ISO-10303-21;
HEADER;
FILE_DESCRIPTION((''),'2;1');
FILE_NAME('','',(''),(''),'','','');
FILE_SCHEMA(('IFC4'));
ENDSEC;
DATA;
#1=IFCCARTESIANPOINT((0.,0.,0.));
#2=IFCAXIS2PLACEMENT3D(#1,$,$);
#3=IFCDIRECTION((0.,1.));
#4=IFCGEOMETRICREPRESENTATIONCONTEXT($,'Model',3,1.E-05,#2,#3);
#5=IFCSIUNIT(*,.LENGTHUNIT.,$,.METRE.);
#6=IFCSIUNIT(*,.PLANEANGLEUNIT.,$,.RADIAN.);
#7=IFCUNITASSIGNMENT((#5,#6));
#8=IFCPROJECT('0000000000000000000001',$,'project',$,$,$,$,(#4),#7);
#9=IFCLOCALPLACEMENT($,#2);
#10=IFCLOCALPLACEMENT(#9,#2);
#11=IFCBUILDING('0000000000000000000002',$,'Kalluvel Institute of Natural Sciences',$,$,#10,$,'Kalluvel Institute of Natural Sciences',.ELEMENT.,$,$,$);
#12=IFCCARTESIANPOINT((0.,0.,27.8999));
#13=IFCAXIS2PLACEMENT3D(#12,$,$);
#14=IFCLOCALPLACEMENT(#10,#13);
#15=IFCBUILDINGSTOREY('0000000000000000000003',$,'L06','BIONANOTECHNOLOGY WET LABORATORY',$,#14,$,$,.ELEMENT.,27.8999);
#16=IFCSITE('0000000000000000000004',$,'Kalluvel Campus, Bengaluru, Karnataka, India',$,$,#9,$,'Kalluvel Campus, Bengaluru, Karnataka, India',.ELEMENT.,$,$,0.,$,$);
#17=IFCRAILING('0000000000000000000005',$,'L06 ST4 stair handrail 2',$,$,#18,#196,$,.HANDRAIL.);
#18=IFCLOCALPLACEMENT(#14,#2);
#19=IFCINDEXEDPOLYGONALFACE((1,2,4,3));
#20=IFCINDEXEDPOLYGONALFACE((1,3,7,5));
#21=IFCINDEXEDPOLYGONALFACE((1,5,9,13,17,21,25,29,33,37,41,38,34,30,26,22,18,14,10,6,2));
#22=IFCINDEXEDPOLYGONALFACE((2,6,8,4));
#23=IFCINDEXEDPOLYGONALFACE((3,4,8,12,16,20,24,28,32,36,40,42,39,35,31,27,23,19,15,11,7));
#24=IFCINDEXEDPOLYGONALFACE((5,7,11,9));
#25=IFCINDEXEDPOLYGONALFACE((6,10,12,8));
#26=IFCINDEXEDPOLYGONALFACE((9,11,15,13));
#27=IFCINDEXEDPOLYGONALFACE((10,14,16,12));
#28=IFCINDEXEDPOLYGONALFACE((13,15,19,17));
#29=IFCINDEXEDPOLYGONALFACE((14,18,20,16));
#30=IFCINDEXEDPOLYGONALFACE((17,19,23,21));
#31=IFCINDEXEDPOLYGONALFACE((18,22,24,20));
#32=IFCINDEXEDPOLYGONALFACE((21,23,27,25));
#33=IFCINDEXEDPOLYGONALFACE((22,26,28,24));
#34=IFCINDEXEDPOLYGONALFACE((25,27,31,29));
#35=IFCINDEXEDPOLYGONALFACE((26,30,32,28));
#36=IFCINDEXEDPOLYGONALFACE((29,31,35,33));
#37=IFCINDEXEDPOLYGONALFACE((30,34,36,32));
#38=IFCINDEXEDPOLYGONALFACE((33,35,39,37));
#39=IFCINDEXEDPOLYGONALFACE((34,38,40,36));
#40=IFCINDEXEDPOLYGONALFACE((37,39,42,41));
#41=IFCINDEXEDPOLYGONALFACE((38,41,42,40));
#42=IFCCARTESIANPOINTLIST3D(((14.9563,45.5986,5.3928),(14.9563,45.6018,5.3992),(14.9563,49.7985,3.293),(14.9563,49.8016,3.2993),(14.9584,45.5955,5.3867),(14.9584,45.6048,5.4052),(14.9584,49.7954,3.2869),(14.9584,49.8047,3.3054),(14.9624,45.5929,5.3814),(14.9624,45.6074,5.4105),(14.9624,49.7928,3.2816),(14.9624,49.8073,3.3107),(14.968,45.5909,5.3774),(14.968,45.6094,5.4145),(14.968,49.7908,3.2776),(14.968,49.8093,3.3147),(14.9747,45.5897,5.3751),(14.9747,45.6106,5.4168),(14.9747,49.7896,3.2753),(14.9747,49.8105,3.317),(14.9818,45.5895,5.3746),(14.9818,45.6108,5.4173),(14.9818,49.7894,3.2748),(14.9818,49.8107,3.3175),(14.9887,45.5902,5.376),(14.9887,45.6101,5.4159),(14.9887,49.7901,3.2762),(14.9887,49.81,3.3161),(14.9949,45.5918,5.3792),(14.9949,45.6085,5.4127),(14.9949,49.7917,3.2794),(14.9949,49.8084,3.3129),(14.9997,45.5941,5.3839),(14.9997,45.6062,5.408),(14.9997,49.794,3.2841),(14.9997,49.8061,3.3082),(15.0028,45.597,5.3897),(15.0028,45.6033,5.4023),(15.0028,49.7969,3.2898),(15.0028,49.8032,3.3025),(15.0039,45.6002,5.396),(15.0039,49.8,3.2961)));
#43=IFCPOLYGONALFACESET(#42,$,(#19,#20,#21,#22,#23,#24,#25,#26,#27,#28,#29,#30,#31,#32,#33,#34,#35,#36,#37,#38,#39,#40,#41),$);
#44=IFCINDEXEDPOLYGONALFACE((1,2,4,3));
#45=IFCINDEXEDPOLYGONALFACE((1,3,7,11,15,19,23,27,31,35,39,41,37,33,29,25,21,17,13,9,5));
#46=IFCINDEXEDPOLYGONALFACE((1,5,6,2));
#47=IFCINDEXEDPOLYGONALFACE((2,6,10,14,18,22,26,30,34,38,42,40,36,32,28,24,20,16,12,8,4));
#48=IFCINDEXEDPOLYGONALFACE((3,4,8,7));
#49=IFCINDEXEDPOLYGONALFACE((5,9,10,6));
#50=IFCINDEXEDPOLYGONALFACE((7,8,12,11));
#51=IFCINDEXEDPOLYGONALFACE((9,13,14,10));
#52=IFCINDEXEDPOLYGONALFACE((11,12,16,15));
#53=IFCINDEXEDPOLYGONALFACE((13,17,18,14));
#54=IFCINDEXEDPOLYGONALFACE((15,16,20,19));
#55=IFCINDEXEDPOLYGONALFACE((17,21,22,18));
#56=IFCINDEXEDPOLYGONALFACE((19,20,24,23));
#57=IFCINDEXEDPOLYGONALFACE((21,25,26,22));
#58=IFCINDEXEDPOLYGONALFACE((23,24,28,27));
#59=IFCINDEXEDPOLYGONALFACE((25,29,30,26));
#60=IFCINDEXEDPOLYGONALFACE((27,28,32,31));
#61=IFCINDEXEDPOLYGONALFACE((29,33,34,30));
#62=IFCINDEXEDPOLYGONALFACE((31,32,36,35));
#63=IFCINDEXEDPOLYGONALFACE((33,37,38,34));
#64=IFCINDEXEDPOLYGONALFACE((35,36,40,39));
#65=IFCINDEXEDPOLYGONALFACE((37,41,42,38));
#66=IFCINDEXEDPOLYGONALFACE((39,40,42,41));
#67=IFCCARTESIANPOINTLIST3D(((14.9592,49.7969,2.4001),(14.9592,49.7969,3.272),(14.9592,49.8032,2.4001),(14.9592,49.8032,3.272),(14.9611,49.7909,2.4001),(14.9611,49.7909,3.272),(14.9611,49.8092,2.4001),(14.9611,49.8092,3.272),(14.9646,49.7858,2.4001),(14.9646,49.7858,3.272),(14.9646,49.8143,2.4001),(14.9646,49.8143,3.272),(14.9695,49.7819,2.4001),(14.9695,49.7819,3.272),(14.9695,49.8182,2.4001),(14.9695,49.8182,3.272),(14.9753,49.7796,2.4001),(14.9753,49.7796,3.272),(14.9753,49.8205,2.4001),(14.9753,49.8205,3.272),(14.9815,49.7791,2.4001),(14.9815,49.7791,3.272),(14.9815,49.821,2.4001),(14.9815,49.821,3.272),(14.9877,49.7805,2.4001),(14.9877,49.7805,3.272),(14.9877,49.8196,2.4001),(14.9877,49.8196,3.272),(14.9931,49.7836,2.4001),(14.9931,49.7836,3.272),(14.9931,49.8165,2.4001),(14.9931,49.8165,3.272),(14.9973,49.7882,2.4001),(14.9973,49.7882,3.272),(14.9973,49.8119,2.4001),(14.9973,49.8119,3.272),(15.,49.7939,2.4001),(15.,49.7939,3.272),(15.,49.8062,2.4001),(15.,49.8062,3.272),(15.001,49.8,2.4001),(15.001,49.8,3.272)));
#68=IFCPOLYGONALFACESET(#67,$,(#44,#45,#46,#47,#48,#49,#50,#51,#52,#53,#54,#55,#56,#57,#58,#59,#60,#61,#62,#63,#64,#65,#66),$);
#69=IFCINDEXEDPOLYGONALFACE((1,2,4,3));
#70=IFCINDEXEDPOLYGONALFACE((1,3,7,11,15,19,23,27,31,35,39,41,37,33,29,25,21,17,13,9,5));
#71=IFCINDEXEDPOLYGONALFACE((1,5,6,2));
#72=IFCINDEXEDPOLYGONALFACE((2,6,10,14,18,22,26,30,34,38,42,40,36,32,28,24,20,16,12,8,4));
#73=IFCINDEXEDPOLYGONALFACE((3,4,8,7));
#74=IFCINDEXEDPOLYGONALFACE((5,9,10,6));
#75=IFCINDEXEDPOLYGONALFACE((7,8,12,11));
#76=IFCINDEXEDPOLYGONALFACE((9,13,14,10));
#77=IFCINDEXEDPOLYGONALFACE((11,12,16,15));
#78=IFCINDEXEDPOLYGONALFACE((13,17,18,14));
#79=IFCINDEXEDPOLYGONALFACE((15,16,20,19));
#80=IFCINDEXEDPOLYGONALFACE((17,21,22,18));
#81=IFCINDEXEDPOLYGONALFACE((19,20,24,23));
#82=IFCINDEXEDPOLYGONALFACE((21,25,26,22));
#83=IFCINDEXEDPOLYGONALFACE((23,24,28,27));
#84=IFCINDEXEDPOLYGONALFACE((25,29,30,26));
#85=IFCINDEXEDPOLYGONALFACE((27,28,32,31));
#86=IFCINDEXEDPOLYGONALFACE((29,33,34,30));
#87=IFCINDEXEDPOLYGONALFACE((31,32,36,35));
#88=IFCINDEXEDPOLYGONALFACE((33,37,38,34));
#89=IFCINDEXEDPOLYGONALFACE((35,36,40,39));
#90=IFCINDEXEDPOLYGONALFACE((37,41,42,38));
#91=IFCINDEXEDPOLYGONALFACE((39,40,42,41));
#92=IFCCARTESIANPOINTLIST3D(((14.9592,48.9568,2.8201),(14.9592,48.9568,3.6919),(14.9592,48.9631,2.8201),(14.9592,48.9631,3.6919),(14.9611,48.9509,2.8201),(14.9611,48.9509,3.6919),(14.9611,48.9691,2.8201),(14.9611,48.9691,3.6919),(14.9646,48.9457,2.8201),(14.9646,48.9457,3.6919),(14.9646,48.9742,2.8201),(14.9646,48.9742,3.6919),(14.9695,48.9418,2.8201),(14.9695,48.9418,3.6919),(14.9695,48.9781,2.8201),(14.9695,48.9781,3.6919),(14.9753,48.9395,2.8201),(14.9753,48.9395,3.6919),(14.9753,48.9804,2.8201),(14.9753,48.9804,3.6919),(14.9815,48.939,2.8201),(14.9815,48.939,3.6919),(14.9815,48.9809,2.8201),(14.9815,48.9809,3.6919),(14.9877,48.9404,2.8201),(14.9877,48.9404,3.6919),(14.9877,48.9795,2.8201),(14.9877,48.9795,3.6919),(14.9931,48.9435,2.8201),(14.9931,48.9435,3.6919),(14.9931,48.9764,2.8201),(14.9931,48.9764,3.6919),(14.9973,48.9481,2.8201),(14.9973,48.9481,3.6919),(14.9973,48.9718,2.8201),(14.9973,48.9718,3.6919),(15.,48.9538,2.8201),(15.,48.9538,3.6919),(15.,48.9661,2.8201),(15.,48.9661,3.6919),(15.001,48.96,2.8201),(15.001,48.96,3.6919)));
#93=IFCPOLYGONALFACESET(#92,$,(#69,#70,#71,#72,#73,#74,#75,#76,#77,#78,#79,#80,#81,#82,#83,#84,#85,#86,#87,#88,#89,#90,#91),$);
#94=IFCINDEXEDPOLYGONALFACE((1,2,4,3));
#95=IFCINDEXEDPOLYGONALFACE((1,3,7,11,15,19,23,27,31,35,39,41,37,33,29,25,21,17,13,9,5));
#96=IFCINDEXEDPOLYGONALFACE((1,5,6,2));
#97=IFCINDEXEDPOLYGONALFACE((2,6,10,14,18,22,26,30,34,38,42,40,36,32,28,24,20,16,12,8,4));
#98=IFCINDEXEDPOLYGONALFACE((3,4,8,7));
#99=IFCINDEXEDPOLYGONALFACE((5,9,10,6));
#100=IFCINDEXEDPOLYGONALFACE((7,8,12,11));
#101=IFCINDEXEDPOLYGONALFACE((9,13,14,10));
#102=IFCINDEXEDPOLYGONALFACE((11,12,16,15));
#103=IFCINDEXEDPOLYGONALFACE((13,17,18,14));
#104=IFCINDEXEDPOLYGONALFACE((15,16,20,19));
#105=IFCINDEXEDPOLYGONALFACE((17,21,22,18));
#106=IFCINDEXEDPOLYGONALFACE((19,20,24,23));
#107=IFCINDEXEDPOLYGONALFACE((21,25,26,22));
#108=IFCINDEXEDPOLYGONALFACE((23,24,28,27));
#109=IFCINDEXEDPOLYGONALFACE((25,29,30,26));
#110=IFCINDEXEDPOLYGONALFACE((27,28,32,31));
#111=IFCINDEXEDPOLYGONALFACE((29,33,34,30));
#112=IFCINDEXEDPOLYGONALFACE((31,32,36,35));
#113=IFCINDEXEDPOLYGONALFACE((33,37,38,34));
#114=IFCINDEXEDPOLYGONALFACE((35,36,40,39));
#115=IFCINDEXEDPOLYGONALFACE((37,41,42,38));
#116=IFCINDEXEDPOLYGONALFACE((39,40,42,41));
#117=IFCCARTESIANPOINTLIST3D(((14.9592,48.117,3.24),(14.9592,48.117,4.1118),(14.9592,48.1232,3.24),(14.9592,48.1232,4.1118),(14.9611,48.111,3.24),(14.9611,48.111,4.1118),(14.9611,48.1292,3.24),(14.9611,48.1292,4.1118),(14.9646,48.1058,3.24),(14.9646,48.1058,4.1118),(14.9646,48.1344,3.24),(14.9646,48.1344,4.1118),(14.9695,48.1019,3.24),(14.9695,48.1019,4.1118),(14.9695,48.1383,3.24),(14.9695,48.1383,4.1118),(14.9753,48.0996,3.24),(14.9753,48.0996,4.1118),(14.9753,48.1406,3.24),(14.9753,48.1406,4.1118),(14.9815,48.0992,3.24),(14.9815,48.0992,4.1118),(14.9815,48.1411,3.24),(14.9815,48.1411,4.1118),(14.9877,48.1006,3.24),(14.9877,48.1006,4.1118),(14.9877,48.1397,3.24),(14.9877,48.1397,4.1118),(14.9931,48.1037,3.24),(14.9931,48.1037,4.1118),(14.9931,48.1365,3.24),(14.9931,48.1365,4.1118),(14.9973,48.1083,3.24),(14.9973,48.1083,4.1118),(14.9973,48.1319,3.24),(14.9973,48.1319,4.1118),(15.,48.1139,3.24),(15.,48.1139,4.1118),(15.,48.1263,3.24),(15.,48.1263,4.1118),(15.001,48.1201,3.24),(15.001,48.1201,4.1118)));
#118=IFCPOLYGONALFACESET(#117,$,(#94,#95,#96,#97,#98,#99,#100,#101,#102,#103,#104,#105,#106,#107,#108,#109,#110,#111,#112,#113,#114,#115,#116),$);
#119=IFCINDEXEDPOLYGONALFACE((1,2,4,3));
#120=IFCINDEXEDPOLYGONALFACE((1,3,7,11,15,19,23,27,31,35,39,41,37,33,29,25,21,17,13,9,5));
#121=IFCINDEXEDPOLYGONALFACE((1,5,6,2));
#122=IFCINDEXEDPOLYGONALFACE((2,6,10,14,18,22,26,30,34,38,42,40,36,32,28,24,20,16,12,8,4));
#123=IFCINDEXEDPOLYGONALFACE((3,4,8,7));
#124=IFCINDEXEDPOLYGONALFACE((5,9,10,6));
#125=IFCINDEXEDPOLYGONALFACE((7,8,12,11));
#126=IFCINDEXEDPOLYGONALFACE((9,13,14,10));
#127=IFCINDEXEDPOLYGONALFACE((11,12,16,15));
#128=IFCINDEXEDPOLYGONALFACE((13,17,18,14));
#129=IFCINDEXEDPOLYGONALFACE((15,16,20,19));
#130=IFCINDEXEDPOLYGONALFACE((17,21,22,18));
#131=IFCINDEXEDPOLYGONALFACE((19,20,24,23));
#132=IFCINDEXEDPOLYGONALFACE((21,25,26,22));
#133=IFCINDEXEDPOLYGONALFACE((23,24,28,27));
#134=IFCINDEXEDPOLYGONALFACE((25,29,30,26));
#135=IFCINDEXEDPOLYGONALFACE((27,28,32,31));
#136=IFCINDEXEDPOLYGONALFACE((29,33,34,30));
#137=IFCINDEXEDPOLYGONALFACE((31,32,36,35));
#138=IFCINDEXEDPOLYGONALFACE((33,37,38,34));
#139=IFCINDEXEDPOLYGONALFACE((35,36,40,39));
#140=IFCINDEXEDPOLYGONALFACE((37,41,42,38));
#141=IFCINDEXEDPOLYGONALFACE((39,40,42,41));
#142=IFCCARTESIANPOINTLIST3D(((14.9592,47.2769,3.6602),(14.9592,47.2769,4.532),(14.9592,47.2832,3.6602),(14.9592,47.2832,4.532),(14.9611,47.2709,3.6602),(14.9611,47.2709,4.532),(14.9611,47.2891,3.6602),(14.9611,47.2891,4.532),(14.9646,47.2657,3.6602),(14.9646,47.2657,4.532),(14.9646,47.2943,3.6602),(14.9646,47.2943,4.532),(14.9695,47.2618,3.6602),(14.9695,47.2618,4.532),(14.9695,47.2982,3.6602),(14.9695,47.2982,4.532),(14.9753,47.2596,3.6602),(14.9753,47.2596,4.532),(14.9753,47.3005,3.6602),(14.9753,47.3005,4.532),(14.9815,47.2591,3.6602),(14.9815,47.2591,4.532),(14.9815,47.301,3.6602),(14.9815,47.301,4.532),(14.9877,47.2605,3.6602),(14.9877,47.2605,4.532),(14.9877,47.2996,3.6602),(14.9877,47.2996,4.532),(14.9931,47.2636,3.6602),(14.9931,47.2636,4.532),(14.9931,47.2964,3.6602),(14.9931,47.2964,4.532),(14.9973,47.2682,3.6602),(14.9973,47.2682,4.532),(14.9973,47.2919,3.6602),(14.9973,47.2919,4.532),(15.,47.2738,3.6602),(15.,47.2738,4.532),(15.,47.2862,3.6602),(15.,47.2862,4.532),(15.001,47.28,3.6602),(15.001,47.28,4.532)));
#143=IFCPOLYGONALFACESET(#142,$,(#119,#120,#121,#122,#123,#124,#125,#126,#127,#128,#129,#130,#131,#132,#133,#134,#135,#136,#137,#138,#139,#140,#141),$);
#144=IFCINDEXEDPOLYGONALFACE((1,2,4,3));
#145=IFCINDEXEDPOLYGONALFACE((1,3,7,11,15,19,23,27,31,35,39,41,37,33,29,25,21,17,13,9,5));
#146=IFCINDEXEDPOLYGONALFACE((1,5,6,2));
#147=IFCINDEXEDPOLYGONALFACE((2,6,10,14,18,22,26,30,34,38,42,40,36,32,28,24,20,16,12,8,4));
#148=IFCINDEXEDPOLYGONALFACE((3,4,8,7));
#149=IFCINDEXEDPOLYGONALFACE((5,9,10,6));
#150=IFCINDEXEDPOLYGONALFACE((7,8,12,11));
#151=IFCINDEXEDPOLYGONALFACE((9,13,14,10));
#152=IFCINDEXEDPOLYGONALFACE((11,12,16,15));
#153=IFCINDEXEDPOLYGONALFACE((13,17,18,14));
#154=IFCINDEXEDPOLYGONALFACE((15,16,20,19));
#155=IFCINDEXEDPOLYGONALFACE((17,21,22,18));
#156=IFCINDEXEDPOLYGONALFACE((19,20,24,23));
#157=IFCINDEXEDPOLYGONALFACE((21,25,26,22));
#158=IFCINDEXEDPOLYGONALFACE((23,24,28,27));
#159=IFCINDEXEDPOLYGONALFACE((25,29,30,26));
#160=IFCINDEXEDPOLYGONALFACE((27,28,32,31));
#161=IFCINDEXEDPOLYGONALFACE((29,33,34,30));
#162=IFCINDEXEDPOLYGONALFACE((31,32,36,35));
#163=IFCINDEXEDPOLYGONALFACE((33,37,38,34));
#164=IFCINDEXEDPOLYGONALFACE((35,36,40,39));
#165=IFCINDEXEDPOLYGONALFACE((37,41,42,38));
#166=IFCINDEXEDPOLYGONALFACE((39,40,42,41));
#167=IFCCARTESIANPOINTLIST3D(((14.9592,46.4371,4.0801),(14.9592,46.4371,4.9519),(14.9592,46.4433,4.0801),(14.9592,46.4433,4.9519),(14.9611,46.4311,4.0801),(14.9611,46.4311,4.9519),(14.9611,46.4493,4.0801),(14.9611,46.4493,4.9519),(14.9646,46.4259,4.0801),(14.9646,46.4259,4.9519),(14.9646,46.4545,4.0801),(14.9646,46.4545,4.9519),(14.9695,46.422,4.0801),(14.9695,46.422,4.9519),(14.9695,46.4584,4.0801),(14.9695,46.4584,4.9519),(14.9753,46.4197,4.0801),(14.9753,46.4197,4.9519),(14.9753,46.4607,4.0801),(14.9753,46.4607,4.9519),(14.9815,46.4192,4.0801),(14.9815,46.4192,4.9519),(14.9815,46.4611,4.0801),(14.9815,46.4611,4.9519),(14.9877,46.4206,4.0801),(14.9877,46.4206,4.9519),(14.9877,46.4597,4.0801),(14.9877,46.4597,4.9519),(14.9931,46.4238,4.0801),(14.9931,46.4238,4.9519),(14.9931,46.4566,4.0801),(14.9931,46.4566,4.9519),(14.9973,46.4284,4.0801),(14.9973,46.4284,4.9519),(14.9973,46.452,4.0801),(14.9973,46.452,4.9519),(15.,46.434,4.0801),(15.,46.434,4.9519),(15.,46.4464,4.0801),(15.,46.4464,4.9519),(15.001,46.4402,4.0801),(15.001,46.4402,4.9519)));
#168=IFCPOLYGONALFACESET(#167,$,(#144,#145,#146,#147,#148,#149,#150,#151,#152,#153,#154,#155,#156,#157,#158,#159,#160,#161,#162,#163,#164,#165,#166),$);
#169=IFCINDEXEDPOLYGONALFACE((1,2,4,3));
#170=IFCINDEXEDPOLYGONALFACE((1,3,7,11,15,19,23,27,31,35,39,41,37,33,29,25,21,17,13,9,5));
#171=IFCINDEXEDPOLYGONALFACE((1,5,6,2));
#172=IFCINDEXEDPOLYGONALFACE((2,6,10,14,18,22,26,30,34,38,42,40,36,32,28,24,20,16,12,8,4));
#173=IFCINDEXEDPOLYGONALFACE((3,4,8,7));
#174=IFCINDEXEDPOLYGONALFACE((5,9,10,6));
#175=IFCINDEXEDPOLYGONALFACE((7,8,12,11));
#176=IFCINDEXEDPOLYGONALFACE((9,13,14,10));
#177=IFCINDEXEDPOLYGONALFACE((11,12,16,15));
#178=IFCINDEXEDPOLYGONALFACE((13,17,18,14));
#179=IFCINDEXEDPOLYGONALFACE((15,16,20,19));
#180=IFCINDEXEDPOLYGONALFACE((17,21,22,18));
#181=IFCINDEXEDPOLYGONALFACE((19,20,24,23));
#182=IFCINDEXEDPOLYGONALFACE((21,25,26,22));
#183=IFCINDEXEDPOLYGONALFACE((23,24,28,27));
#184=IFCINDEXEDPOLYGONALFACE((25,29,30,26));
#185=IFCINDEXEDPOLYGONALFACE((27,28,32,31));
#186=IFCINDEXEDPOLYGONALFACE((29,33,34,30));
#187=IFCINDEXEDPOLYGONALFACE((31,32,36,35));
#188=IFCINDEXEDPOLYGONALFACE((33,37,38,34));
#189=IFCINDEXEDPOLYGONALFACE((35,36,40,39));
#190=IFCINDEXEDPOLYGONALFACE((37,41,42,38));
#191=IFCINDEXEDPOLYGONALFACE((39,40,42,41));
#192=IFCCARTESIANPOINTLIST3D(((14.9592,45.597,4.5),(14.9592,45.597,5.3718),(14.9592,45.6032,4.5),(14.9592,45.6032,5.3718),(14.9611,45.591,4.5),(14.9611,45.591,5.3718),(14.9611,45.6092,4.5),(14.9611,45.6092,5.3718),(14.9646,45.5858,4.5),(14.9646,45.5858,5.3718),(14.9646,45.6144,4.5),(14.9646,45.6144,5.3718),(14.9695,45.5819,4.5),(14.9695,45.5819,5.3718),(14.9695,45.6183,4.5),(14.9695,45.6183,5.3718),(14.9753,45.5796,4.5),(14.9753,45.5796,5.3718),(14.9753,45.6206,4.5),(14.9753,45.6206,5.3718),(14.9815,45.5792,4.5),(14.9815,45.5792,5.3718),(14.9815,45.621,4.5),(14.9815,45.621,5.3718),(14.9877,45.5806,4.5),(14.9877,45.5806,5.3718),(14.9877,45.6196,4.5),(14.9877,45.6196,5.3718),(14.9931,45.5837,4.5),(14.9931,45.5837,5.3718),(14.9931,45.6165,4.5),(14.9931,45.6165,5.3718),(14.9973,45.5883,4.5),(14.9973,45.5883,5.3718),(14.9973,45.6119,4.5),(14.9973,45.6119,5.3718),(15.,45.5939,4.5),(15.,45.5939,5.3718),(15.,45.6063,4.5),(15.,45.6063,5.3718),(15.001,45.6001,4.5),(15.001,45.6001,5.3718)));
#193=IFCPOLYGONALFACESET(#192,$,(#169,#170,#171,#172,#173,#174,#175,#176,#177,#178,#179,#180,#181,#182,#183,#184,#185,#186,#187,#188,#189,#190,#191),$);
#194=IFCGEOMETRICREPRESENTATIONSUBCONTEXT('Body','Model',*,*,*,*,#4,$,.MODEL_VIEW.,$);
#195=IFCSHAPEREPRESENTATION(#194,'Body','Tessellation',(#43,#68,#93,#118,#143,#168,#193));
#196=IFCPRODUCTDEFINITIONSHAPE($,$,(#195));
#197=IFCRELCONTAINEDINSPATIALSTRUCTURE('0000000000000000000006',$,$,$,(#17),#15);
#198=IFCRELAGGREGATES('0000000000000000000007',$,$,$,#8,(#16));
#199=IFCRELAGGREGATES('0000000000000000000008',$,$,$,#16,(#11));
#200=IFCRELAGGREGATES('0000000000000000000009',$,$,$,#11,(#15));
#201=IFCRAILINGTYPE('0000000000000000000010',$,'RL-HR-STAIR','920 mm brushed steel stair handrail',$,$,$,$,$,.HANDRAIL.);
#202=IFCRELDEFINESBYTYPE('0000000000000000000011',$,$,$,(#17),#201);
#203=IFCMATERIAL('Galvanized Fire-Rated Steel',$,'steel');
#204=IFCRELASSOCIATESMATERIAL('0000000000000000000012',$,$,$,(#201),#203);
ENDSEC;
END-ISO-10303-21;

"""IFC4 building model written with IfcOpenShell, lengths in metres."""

from ifc_helpers import new_model, si_unit, direction, frame, origin, origin_2d, place, context, subcontext, project, spatial, circle, extrude, material, type_object, element, save


model = new_model("IFC4")

# Units and contexts
model_context = context("Model", 3, precision=1e-05, world=origin(), true_north=direction((0.0, 1.0)))
body_context = subcontext(model_context, "Body", "Model", "MODEL_VIEW")
ifc_project = project(units=[si_unit("LENGTHUNIT", "METRE"), si_unit("PLANEANGLEUNIT", "RADIAN")], contexts=[model_context])

# Site, building, storey
site_placement = place(None, origin())
site = spatial("IfcSite", under=ifc_project, at=site_placement, Name="Kalluvel Campus, Bengaluru, Karnataka, India", LongName="Kalluvel Campus, Bengaluru, Karnataka, India", CompositionType="ELEMENT", RefElevation=0.0)
building_placement = place(site_placement, origin())
building = spatial("IfcBuilding", under=site, at=building_placement, Name="Kalluvel Institute of Natural Sciences", LongName="Kalluvel Institute of Natural Sciences", CompositionType="ELEMENT")
storey_placement = place(building_placement, frame((0.0, 0.0, 27.8999)))
storey = spatial("IfcBuildingStorey", under=building, at=storey_placement, Name="L06", Description="BIONANOTECHNOLOGY WET LABORATORY", CompositionType="ELEMENT", Elevation=27.8999)

# Shared definitions
ifc_material_1 = material(Name="Galvanized Fire-Rated Steel", Category="steel")

# Railing
railing_type_1 = type_object("IfcRailingType", Name="RL-HR-STAIR", Description="920 mm brushed steel stair handrail", PredefinedType="HANDRAIL", material=ifc_material_1)
railing_1_placement = place(storey_placement, frame((14.98, 49.8, 2.4001)))
element("IfcRailing", 1, at=railing_1_placement, inside=storey, type_object=railing_type_1, Name="L06 ST4 stair handrail 2", PredefinedType="HANDRAIL", context=body_context, shape_type="SweptSolid", body=[
    extrude(circle(Radius=0.0239, at=origin_2d()), frame((0.0, 0.0, 0.896), z_axis=(0.0, -0.894438, 0.447193), x_axis=(1.0, 0.0, 0.0)), (0.0, 0.0, 1.0), 4.6956),
    extrude(circle(Radius=0.021, at=origin_2d()), origin(), (0.0, 0.0, 1.0), 0.8718),
    extrude(circle(Radius=0.021, at=origin_2d()), frame((0.0, -0.8401, 0.4199)), (0.0, 0.0, 1.0), 0.8718),
    extrude(circle(Radius=0.021, at=origin_2d()), frame((0.0, -1.6799, 0.8398)), (0.0, 0.0, 1.0), 0.8718),
    extrude(circle(Radius=0.021, at=origin_2d()), frame((0.0, -2.52, 1.26)), (0.0, 0.0, 1.0), 0.8718),
    extrude(circle(Radius=0.021, at=origin_2d()), frame((0.0, -3.3599, 1.6799)), (0.0, 0.0, 1.0), 0.8718),
    extrude(circle(Radius=0.021, at=origin_2d()), frame((0.0, -4.2, 2.0999)), (0.0, 0.0, 1.0), 0.8718),
])

save(model, "model.ifc")
